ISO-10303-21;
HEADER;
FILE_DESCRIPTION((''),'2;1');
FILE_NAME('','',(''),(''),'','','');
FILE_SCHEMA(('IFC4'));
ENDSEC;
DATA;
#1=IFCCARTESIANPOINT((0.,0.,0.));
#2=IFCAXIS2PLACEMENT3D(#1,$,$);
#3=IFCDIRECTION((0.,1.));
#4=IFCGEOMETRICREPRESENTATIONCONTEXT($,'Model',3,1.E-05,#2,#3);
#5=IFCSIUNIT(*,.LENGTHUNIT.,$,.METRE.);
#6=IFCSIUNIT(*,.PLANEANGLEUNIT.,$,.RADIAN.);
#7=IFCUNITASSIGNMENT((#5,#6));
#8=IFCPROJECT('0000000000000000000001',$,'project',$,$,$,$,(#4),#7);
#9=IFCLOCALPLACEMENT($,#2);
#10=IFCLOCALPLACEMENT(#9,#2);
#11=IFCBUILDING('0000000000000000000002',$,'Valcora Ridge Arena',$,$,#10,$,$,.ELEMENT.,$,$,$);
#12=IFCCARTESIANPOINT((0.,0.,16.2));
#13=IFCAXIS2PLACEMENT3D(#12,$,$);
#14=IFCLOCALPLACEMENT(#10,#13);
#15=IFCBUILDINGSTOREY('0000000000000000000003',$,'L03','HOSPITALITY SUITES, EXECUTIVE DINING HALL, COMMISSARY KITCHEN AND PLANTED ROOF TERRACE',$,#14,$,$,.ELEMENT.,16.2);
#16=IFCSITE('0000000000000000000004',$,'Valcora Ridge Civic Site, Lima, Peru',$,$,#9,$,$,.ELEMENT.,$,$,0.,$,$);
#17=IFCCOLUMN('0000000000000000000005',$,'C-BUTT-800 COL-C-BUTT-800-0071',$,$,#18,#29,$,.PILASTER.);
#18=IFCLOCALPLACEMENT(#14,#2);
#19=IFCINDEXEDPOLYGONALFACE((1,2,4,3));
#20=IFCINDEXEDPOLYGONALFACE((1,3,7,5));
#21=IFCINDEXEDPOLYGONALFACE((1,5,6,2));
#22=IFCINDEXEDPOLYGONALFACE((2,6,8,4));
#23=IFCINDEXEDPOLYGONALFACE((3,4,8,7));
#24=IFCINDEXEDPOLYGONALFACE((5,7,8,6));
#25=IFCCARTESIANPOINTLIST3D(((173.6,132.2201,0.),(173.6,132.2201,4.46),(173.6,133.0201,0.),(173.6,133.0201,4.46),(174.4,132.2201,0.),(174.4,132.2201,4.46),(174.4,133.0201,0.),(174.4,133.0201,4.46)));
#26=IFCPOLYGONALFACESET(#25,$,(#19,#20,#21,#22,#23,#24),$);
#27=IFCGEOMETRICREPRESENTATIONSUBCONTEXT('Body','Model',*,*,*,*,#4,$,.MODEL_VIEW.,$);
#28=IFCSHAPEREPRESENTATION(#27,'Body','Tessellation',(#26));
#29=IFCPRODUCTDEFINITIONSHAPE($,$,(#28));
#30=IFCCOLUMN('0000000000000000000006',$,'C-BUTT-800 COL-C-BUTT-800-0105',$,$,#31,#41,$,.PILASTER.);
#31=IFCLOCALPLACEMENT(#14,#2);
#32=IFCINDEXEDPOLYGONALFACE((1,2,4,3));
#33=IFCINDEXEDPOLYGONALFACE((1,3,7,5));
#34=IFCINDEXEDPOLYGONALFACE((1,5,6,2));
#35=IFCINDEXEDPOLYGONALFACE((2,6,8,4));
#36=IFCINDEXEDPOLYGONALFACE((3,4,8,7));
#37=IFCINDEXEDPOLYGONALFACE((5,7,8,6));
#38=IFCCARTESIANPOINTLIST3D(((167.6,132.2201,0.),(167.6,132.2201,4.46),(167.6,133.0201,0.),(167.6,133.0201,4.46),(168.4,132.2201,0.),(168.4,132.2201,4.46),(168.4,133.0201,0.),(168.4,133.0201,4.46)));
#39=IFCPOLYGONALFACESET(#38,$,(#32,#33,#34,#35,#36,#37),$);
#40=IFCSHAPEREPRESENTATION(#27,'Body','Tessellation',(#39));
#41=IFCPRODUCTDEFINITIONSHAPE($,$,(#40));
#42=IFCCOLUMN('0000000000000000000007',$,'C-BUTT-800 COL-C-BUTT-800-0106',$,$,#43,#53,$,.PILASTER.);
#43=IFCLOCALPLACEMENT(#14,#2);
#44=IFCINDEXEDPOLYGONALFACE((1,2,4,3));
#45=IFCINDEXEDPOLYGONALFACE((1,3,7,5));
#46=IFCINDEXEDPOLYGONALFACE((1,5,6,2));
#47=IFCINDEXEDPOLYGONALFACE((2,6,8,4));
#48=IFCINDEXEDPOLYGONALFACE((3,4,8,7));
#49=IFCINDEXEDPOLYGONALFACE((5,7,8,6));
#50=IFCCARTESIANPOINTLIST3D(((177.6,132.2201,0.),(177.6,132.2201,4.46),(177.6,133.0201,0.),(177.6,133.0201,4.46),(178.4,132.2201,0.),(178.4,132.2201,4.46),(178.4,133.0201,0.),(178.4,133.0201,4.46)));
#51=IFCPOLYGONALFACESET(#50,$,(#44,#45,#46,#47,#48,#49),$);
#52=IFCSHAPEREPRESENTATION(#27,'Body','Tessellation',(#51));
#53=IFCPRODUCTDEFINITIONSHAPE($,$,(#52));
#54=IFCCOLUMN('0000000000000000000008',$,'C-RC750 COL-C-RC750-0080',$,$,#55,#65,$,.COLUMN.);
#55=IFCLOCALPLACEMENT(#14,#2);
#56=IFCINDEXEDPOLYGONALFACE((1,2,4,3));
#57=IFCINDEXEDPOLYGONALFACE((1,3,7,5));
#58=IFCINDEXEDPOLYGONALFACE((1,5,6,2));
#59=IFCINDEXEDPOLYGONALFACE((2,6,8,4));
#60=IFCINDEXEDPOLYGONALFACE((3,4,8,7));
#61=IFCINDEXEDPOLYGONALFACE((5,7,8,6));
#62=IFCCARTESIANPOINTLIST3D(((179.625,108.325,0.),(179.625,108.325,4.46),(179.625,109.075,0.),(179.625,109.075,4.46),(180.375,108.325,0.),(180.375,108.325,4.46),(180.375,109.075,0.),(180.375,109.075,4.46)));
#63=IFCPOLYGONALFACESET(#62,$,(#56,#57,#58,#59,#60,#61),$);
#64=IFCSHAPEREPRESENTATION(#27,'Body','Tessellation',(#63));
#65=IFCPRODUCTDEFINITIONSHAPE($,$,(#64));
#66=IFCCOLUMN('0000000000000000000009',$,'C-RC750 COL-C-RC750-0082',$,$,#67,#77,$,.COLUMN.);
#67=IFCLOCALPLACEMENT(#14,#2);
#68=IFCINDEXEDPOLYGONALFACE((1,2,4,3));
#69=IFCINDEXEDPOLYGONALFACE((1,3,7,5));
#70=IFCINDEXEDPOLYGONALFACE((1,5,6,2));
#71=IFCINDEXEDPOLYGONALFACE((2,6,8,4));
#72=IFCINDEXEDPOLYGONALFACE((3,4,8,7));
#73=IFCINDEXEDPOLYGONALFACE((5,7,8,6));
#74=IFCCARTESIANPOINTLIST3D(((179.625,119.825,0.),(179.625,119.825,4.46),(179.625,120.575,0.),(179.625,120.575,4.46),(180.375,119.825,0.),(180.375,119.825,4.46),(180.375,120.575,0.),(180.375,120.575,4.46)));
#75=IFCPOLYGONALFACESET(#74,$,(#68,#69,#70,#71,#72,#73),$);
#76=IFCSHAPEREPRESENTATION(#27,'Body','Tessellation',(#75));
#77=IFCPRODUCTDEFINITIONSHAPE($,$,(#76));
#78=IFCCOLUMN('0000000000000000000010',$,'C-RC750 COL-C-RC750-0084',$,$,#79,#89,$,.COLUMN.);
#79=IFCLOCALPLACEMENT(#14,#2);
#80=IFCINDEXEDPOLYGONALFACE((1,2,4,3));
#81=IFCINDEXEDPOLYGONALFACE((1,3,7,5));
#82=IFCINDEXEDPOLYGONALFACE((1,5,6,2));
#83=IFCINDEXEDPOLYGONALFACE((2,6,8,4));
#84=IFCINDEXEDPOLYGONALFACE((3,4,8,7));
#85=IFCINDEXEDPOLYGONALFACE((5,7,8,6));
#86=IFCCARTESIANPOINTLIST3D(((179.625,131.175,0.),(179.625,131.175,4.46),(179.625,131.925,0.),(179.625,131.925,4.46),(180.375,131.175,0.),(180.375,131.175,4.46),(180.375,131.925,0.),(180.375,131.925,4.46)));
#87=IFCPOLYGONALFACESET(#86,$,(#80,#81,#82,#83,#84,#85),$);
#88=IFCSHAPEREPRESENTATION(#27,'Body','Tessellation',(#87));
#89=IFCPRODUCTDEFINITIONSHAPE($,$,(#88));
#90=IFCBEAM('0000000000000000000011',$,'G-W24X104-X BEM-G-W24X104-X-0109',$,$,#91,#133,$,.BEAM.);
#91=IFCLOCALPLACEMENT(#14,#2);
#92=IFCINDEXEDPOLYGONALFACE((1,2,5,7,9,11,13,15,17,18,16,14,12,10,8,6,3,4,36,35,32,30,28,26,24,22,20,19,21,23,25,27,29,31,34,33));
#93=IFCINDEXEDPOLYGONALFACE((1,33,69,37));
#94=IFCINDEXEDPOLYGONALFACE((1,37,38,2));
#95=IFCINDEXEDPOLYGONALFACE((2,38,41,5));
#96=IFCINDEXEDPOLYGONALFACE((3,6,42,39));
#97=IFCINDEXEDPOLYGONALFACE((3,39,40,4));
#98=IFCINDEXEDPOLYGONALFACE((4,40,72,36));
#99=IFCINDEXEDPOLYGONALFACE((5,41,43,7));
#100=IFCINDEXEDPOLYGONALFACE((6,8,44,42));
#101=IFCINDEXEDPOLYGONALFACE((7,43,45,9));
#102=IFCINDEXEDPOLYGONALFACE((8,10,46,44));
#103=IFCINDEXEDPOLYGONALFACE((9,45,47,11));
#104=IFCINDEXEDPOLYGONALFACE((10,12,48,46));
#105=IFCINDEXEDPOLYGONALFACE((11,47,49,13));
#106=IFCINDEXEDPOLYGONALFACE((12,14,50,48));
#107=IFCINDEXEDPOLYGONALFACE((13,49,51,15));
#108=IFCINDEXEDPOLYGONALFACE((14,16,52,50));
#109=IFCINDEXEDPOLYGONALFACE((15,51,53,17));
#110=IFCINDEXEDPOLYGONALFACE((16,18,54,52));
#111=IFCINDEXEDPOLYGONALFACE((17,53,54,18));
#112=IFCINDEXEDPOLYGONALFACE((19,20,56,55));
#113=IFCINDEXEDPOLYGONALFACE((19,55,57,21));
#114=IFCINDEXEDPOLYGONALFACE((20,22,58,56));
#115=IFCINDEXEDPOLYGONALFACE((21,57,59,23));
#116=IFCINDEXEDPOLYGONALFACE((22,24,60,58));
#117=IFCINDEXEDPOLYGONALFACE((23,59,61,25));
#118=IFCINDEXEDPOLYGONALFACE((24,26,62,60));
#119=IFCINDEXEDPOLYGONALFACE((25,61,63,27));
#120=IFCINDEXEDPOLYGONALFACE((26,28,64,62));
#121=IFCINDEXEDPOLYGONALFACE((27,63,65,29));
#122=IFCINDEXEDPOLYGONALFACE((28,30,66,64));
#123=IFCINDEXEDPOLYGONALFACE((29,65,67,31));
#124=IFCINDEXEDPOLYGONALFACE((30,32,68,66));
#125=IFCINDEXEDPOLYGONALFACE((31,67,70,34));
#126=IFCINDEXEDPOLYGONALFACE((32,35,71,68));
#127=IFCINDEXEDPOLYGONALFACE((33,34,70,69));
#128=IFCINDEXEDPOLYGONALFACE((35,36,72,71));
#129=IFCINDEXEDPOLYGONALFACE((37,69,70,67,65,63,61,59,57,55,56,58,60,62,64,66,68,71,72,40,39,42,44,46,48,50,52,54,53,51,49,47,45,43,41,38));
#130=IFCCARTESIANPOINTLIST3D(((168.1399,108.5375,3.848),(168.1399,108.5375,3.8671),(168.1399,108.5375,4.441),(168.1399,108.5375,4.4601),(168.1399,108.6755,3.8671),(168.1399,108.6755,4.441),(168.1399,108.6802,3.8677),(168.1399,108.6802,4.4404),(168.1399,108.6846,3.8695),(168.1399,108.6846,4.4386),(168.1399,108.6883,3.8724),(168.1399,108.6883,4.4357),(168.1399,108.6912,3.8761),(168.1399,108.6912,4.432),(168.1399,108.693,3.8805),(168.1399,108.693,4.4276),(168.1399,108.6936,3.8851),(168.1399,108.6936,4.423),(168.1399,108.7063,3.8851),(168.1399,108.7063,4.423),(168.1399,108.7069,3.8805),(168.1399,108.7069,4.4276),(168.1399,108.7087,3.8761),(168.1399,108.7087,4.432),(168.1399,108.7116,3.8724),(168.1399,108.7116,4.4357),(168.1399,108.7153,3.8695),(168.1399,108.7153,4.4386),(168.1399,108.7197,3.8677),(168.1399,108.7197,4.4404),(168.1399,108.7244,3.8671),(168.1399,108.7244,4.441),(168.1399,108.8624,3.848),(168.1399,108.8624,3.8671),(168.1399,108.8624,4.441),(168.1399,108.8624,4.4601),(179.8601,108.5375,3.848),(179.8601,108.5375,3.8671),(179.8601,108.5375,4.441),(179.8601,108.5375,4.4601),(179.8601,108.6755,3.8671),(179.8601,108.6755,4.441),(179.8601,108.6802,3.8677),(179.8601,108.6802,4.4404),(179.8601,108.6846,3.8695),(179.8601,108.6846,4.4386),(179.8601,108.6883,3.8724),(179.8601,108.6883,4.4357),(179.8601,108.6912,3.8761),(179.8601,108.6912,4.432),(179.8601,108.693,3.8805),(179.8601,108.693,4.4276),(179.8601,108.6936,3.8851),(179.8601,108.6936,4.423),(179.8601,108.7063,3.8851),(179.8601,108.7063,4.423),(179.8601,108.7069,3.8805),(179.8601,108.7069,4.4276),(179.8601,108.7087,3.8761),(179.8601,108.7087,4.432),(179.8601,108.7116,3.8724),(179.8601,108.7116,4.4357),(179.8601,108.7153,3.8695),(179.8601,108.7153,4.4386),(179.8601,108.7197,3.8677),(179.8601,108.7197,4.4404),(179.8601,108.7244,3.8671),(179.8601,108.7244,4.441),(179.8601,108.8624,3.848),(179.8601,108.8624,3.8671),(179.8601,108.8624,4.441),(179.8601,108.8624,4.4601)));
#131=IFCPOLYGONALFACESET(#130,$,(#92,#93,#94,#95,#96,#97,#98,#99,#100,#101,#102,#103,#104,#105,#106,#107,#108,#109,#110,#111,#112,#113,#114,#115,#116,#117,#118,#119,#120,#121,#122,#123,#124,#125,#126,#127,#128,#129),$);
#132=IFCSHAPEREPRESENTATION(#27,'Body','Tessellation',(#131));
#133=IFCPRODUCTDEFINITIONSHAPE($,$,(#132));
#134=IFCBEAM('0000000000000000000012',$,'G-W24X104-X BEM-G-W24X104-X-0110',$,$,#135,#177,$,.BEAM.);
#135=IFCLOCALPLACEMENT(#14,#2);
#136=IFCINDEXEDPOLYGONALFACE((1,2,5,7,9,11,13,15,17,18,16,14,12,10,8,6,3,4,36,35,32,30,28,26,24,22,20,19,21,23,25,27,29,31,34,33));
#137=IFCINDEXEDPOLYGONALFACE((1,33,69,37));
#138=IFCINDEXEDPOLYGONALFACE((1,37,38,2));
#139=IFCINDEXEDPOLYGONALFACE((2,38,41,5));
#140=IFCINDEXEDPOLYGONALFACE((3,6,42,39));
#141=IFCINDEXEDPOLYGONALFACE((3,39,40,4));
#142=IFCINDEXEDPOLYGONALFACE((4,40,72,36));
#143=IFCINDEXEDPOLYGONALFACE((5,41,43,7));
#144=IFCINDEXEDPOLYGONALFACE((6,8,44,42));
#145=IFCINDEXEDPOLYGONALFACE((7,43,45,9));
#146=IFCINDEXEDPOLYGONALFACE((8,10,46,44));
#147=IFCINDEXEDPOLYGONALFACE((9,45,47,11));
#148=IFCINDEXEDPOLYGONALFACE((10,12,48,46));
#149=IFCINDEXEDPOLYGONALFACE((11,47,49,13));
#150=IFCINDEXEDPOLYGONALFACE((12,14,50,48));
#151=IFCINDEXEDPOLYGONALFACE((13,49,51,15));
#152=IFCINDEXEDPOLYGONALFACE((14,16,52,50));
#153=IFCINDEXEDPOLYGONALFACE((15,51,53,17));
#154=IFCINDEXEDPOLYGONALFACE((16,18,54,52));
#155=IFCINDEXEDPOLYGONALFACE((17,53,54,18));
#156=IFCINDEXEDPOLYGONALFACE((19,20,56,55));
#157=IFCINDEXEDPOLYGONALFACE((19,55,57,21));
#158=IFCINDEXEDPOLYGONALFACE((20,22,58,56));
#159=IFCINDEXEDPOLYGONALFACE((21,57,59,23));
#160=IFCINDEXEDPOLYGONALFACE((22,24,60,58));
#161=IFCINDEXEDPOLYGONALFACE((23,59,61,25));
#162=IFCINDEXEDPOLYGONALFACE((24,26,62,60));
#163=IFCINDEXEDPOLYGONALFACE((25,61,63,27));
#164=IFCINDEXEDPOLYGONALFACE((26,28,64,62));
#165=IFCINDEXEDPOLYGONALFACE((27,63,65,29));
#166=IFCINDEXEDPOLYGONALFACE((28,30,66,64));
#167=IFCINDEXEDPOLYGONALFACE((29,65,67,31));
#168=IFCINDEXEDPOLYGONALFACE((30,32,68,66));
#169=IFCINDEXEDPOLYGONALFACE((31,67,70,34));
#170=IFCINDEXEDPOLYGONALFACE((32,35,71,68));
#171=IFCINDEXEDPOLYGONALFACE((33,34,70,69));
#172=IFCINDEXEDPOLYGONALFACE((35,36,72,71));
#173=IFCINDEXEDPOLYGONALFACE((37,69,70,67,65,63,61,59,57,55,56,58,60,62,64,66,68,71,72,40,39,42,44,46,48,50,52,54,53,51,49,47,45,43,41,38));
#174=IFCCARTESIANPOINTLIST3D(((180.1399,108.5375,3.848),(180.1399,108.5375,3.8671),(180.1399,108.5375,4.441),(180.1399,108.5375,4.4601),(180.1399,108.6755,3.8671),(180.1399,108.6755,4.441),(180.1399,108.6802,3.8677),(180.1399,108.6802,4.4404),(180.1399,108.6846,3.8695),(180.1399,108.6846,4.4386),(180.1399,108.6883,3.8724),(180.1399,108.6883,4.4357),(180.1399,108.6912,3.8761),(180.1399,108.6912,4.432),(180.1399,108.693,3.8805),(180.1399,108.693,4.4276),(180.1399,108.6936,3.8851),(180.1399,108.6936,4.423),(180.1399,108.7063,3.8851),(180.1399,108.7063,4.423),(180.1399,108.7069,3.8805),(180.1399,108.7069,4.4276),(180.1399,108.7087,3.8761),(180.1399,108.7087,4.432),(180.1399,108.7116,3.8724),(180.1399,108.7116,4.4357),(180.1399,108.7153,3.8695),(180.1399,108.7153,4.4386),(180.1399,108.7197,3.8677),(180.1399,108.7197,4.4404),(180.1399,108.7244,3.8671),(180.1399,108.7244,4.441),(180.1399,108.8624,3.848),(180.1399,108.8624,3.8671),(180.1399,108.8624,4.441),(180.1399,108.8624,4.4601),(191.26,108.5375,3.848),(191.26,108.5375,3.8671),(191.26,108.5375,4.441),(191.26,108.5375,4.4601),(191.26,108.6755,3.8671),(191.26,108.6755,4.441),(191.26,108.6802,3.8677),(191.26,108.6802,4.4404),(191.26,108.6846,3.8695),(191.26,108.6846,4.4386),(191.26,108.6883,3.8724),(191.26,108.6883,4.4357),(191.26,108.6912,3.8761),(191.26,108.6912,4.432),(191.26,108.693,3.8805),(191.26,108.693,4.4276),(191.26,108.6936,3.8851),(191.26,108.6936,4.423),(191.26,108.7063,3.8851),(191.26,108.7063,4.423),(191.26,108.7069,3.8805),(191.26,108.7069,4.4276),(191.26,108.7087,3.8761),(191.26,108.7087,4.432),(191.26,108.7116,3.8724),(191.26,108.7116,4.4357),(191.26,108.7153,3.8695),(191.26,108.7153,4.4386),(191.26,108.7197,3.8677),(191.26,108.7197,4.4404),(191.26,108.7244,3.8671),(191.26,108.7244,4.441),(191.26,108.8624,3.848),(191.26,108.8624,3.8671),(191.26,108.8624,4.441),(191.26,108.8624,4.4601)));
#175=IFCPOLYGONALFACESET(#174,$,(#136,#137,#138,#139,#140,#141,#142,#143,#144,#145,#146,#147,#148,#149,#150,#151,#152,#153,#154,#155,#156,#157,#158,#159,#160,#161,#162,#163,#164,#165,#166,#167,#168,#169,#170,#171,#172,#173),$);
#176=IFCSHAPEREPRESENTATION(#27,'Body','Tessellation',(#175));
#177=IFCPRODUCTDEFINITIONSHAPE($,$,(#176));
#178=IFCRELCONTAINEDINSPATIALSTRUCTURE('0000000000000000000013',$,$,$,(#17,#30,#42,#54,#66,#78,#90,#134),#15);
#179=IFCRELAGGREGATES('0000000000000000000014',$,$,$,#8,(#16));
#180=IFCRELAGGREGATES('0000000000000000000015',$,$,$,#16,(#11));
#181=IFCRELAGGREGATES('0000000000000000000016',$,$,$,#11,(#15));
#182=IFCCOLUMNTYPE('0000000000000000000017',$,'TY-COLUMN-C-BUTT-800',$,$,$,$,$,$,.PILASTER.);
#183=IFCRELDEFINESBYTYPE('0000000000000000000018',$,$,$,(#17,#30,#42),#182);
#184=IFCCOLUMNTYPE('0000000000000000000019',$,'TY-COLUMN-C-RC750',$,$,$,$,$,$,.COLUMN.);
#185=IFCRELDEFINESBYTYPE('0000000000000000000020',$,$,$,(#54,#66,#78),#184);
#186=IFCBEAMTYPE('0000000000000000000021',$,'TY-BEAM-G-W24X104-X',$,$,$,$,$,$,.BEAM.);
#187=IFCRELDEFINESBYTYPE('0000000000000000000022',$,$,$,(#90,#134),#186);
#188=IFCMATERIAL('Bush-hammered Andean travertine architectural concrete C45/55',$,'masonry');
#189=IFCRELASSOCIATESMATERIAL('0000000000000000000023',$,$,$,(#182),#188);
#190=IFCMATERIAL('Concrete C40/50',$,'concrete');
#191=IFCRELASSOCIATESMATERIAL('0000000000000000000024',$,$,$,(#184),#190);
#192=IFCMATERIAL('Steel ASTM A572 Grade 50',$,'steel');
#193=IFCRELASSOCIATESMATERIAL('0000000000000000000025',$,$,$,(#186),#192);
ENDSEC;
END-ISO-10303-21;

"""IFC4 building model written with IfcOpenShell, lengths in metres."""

from ifc_helpers import new_model, si_unit, direction, frame, origin, origin_2d, place, context, subcontext, project, spatial, rectangle, i_section, extrude, material, material_profile, profile_set, type_object, element, save


model = new_model("IFC4")

# Units and contexts
model_context = context("Model", 3, precision=1e-05, world=origin(), true_north=direction((0.0, 1.0)))
body_context = subcontext(model_context, "Body", "Model", "MODEL_VIEW")
ifc_project = project(units=[si_unit("LENGTHUNIT", "METRE"), si_unit("PLANEANGLEUNIT", "RADIAN")], contexts=[model_context])

# Site, building, storey
site_placement = place(None, origin())
site = spatial("IfcSite", under=ifc_project, at=site_placement, Name="Valcora Ridge Civic Site, Lima, Peru", CompositionType="ELEMENT", RefElevation=0.0)
building_placement = place(site_placement, origin())
building = spatial("IfcBuilding", under=site, at=building_placement, Name="Valcora Ridge Arena", CompositionType="ELEMENT")
storey_placement = place(building_placement, frame((0.0, 0.0, 16.2)))
storey = spatial("IfcBuildingStorey", under=building, at=storey_placement, Name="L03", Description="HOSPITALITY SUITES, EXECUTIVE DINING HALL, COMMISSARY KITCHEN AND PLANTED ROOF TERRACE", CompositionType="ELEMENT", Elevation=16.2)

# Columns
ifc_material_1 = material(Name="Bush-hammered Andean travertine architectural concrete C45/55", Category="masonry")
ifc_material_profile_1 = material_profile(ifc_material_1, rectangle(XDim=0.8, YDim=0.8, at=origin_2d()), Name="RC 800x800")
ifc_profile_set_1 = profile_set([ifc_material_profile_1], Name="Bush-hammered Andean travertine architectural concrete C45/55")
column_type_1 = type_object("IfcColumnType", Name="TY-COLUMN-C-BUTT-800", PredefinedType="PILASTER", material=ifc_profile_set_1)
for number, where, z_axis, x_axis, name in (
    (1, (174.0, 132.6201, 0.0), (0.0, 0.0, 1.0), (1.0, 0.0, 0.0), "C-BUTT-800 COL-C-BUTT-800-0071"),
    (2, (168.0, 132.6201, 0.0), (0.0, 0.0, 1.0), (1.0, 0.0, 0.0), "C-BUTT-800 COL-C-BUTT-800-0105"),
    (3, (178.0, 132.6201, 0.0), (0.0, 0.0, 1.0), (1.0, 0.0, 0.0), "C-BUTT-800 COL-C-BUTT-800-0106"),
):
    element("IfcColumn", number, at=place(storey_placement, frame(where, z_axis=z_axis, x_axis=x_axis)), inside=storey, type_object=column_type_1, Name=name, PredefinedType="PILASTER", context=body_context, shape_type="SweptSolid", body=[
        extrude(rectangle(XDim=0.8, YDim=0.8, at=origin_2d()), origin(), (0.0, 0.0, 1.0), 4.46),
    ])
ifc_material_2 = material(Name="Concrete C40/50", Category="concrete")
ifc_material_profile_2 = material_profile(ifc_material_2, rectangle(XDim=0.75, YDim=0.75, at=origin_2d()), Name="RC 750x750")
ifc_profile_set_2 = profile_set([ifc_material_profile_2], Name="Concrete C40/50")
column_type_2 = type_object("IfcColumnType", Name="TY-COLUMN-C-RC750", PredefinedType="COLUMN", material=ifc_profile_set_2)
for number, where, z_axis, x_axis, name in (
    (4, (180.0, 108.7, 0.0), (0.0, 0.0, 1.0), (1.0, 0.0, 0.0), "C-RC750 COL-C-RC750-0080"),
    (5, (180.0, 120.2, 0.0), (0.0, 0.0, 1.0), (1.0, 0.0, 0.0), "C-RC750 COL-C-RC750-0082"),
    (6, (180.0, 131.55, 0.0), (0.0, 0.0, 1.0), (1.0, 0.0, 0.0), "C-RC750 COL-C-RC750-0084"),
):
    element("IfcColumn", number, at=place(storey_placement, frame(where, z_axis=z_axis, x_axis=x_axis)), inside=storey, type_object=column_type_2, Name=name, PredefinedType="COLUMN", context=body_context, shape_type="SweptSolid", body=[
        extrude(rectangle(XDim=0.75, YDim=0.75, at=origin_2d()), origin(), (0.0, 0.0, 1.0), 4.46),
    ])

# Beams
ifc_material_3 = material(Name="Steel ASTM A572 Grade 50", Category="steel")
ifc_material_profile_3 = material_profile(ifc_material_3, i_section(OverallWidth=0.325, OverallDepth=0.6121, WebThickness=0.0127, FlangeThickness=0.019, FilletRadius=0.0181, at=origin_2d()), Name="W24X104")
ifc_profile_set_3 = profile_set([ifc_material_profile_3], Name="Steel ASTM A572 Grade 50")
beam_type_1 = type_object("IfcBeamType", Name="TY-BEAM-G-W24X104-X", PredefinedType="BEAM", material=ifc_profile_set_3)
beam_1_placement = place(storey_placement, frame((168.1399, 108.7, 4.1541), z_axis=(1.0, 0.0, 0.0), x_axis=(0.0, 1.0, 0.0)))
element("IfcBeam", 7, at=beam_1_placement, inside=storey, type_object=beam_type_1, Name="G-W24X104-X BEM-G-W24X104-X-0109", PredefinedType="BEAM", context=body_context, shape_type="SweptSolid", body=[
    extrude(i_section(OverallWidth=0.325, OverallDepth=0.6121, WebThickness=0.0127, FlangeThickness=0.019, FilletRadius=0.0181, at=origin_2d()), origin(), (0.0, 0.0, 1.0), 11.7202),
])
beam_2_placement = place(storey_placement, frame((180.1399, 108.7, 4.1541), z_axis=(1.0, 0.0, 0.0), x_axis=(0.0, 1.0, 0.0)))
element("IfcBeam", 8, at=beam_2_placement, inside=storey, type_object=beam_type_1, Name="G-W24X104-X BEM-G-W24X104-X-0110", PredefinedType="BEAM", context=body_context, shape_type="SweptSolid", body=[
    extrude(i_section(OverallWidth=0.325, OverallDepth=0.6121, WebThickness=0.0127, FlangeThickness=0.019, FilletRadius=0.0181, at=origin_2d()), origin(), (0.0, 0.0, 1.0), 11.1201),
])

save(model, "model.ifc")
